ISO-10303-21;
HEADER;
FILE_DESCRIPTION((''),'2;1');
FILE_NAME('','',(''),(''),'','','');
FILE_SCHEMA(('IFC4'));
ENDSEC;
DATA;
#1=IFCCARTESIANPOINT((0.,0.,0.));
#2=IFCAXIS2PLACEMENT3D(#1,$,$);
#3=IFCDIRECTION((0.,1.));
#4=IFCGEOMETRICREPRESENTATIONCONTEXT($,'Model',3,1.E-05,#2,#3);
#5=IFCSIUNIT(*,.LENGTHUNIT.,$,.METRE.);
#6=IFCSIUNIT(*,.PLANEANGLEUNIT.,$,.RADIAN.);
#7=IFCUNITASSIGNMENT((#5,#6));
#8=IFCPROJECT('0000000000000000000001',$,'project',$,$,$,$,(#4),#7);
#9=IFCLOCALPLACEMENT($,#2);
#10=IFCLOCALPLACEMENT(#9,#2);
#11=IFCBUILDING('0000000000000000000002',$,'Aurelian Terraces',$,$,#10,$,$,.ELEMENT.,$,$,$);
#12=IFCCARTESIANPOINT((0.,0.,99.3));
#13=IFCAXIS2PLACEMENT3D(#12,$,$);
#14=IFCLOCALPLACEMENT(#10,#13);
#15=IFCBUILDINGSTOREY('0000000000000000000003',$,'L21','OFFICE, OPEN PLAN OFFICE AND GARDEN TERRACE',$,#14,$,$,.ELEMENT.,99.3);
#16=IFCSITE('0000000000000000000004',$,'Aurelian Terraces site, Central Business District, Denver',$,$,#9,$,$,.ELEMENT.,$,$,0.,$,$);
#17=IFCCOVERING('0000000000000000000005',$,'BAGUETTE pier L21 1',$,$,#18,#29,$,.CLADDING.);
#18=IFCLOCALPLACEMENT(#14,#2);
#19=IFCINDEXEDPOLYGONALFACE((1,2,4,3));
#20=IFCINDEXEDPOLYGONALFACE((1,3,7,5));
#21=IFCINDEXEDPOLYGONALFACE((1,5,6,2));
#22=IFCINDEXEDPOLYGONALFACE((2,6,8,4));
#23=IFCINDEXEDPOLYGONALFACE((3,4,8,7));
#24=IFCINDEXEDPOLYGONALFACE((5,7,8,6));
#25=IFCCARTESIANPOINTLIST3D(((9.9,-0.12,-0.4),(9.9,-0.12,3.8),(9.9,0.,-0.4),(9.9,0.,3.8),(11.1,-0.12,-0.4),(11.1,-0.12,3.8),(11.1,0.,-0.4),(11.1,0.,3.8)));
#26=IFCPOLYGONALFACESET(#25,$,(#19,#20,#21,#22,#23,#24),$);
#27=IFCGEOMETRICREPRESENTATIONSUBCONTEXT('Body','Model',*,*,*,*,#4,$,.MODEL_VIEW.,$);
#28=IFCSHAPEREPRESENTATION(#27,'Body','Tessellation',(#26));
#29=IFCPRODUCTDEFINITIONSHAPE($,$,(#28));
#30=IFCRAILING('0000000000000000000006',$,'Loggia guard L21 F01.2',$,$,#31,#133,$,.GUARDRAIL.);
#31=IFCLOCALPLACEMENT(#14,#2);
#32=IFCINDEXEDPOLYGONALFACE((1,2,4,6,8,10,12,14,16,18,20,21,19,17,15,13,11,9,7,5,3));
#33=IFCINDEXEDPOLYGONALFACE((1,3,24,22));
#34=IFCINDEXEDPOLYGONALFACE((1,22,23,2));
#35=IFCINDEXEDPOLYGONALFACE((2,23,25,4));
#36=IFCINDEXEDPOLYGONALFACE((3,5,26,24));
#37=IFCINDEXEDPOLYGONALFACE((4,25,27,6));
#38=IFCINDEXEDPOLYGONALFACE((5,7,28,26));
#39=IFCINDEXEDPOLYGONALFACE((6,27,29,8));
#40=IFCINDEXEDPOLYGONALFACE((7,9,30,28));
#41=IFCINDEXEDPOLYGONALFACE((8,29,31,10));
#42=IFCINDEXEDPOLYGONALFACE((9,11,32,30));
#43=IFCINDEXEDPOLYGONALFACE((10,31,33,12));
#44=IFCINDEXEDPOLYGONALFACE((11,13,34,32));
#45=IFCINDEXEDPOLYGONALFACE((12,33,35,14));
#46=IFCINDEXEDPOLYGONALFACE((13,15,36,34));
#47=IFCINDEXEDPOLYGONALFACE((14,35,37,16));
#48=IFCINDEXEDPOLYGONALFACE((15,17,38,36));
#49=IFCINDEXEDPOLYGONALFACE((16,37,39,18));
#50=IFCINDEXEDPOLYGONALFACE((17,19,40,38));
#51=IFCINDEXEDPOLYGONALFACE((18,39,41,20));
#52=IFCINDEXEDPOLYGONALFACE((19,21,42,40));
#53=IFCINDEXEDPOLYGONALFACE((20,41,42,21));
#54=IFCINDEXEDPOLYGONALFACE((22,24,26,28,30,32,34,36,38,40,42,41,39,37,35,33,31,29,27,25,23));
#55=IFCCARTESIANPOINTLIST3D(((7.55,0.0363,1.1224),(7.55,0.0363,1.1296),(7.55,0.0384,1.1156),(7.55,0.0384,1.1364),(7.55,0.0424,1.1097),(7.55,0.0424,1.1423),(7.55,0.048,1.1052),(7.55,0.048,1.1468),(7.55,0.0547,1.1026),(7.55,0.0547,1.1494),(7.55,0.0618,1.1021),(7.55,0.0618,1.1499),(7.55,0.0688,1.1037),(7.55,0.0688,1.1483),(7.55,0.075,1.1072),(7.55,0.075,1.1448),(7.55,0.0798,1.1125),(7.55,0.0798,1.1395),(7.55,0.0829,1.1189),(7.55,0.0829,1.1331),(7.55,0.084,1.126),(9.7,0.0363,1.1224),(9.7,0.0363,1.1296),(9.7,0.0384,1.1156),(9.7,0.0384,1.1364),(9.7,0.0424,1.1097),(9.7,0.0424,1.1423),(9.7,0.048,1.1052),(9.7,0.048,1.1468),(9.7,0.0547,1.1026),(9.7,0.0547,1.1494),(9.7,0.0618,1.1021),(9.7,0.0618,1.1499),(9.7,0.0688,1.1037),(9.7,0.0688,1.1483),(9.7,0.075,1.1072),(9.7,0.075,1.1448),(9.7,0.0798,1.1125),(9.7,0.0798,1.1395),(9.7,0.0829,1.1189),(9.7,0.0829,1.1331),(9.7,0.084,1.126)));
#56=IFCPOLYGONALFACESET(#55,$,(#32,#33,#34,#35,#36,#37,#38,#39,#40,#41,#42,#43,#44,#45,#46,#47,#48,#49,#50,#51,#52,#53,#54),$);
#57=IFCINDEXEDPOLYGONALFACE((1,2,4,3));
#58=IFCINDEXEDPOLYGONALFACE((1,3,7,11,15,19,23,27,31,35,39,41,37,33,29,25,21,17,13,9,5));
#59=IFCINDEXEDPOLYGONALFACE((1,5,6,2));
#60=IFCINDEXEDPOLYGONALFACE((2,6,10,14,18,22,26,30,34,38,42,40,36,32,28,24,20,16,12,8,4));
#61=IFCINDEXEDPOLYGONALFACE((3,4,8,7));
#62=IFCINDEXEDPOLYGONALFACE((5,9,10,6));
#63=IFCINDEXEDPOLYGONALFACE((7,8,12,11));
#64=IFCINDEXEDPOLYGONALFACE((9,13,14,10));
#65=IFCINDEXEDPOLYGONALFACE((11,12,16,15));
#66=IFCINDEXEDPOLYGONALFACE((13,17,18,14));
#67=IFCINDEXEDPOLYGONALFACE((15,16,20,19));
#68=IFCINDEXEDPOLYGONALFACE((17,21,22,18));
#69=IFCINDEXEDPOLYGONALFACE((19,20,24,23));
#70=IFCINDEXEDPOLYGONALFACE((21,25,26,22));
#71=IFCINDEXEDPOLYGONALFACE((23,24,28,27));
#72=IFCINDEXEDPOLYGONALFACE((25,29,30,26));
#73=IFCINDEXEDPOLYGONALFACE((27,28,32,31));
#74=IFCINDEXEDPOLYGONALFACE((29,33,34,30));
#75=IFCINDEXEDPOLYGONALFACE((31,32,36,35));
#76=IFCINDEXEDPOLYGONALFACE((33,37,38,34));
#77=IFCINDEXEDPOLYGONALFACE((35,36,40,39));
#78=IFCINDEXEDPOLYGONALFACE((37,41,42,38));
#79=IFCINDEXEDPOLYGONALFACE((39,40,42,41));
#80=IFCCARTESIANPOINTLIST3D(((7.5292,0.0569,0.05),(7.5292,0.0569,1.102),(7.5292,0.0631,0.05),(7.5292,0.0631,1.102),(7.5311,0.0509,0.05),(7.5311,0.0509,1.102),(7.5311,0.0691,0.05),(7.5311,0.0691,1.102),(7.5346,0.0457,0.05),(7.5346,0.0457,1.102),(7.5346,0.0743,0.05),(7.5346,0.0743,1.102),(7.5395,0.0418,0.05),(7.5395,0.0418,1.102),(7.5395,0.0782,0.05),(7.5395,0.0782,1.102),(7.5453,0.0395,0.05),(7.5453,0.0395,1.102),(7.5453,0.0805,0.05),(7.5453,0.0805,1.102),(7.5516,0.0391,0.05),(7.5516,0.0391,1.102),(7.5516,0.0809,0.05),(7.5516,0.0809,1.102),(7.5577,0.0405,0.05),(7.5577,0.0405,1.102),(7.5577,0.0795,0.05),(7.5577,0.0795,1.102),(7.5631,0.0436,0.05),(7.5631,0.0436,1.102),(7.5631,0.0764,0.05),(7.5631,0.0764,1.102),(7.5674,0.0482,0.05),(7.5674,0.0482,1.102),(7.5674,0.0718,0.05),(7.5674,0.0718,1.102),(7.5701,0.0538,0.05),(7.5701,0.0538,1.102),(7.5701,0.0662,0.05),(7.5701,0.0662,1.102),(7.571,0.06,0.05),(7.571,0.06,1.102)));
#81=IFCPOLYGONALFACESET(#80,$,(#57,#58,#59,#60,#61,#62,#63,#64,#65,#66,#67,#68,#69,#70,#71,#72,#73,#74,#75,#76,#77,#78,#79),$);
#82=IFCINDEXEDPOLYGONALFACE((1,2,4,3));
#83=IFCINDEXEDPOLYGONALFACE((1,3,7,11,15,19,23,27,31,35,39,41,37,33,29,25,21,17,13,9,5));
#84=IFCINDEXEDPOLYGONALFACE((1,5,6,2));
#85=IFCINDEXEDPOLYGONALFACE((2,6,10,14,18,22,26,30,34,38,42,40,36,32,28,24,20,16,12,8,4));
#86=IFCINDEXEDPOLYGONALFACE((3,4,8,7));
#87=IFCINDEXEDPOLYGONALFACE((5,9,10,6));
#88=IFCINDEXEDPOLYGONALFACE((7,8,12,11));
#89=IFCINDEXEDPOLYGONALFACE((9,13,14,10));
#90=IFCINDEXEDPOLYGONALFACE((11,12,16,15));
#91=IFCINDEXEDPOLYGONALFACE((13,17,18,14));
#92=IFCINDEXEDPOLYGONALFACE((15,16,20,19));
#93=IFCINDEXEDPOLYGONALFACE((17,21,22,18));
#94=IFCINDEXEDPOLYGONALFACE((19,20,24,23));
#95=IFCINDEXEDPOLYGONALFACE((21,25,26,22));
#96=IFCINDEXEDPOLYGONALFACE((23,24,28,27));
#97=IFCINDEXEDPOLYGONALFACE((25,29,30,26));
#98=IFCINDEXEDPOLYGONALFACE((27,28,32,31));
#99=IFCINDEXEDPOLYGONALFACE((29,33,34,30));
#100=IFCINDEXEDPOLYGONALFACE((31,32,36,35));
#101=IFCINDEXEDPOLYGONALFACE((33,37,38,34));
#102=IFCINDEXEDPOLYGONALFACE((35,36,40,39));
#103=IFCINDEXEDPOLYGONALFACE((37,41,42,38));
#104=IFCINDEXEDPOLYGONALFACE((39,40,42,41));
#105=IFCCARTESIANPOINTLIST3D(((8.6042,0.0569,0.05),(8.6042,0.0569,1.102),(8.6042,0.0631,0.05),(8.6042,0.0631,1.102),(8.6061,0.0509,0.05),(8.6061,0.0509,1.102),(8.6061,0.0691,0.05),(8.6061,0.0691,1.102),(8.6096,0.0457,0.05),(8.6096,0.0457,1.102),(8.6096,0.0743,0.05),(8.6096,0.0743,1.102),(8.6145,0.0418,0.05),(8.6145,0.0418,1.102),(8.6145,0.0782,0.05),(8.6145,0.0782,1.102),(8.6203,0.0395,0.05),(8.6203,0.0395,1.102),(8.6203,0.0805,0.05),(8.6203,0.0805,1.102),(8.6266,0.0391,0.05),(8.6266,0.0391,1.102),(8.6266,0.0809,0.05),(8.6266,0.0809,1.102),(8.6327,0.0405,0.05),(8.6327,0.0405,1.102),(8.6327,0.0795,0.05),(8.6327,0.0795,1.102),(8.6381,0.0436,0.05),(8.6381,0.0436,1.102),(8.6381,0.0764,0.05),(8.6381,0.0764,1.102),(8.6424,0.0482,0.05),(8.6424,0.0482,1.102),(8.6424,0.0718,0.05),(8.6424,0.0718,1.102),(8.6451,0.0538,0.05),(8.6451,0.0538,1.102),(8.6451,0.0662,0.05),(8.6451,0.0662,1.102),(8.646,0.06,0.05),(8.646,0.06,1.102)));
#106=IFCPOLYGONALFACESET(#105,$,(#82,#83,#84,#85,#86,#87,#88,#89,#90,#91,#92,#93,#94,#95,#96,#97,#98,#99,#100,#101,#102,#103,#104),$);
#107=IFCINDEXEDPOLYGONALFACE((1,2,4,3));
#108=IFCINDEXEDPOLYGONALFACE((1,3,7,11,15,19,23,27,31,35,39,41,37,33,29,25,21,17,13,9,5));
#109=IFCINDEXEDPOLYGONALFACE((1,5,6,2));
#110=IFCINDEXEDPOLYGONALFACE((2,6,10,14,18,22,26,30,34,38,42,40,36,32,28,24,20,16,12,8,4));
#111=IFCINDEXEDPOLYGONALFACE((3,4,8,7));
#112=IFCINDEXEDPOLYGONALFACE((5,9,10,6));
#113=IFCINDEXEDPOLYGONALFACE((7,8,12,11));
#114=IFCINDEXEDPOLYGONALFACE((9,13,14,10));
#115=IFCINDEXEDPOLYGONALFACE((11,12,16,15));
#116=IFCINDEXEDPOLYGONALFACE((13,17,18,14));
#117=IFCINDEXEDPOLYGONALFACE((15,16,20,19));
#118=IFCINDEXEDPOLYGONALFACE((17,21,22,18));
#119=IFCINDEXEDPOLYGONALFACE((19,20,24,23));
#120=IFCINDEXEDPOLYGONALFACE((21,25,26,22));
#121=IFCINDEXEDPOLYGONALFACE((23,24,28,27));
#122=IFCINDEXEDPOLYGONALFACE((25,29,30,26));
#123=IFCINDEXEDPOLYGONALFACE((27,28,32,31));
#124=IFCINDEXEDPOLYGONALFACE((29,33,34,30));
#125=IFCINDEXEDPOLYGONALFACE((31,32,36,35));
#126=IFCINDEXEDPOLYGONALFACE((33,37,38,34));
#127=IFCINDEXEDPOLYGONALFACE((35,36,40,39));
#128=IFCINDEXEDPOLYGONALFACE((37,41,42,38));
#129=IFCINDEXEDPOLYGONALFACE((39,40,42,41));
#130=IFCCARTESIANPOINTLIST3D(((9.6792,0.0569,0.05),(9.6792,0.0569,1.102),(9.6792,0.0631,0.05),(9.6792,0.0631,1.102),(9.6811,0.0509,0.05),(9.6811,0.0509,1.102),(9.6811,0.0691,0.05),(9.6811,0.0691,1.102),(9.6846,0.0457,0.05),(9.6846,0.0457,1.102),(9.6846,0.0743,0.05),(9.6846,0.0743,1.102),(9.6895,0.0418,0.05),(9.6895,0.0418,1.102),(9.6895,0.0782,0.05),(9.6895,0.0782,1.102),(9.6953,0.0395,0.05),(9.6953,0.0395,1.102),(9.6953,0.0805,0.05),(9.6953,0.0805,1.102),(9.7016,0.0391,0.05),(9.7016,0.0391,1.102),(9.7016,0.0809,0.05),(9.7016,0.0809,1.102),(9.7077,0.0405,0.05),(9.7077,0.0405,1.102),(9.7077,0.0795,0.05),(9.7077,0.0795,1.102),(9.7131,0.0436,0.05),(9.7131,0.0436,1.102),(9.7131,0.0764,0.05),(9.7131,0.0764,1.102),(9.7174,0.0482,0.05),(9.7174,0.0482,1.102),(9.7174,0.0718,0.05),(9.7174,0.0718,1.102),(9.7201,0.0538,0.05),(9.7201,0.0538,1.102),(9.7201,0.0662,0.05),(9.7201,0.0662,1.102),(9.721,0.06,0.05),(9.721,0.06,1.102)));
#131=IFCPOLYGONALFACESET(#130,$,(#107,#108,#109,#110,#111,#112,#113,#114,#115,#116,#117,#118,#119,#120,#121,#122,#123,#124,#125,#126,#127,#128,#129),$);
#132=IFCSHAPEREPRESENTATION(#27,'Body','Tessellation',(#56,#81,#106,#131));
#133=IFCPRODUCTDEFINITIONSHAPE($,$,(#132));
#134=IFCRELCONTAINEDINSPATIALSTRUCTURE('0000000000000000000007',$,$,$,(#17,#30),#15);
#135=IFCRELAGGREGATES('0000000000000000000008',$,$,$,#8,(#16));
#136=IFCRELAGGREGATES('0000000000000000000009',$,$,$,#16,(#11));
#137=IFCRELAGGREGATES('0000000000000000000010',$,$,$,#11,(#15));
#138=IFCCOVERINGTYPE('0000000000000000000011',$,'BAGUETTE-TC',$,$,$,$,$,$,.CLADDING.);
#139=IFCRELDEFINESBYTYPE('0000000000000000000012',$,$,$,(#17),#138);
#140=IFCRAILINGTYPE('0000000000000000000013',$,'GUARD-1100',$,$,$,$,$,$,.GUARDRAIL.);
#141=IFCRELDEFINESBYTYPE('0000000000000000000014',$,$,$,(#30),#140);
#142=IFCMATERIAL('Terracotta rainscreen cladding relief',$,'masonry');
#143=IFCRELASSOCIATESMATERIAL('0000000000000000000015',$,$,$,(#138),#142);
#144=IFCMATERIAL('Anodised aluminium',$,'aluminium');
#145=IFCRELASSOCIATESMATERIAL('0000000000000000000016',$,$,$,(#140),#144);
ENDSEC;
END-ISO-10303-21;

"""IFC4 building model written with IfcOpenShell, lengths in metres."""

from ifc_helpers import new_model, si_unit, direction, frame, origin, origin_2d, place, context, subcontext, project, spatial, rectangle, circle, extrude, source, transform, mapped, material, type_object, element, save


model = new_model("IFC4")

# Units and contexts
model_context = context("Model", 3, precision=1e-05, world=origin(), true_north=direction((0.0, 1.0)))
body_context = subcontext(model_context, "Body", "Model", "MODEL_VIEW")
ifc_project = project(units=[si_unit("LENGTHUNIT", "METRE"), si_unit("PLANEANGLEUNIT", "RADIAN")], contexts=[model_context])

# Site, building, storey
site_placement = place(None, origin())
site = spatial("IfcSite", under=ifc_project, at=site_placement, Name="Aurelian Terraces site, Central Business District, Denver", CompositionType="ELEMENT", RefElevation=0.0)
building_placement = place(site_placement, origin())
building = spatial("IfcBuilding", under=site, at=building_placement, Name="Aurelian Terraces", CompositionType="ELEMENT")
storey_placement = place(building_placement, frame((0.0, 0.0, 99.3)))
storey = spatial("IfcBuildingStorey", under=building, at=storey_placement, Name="L21", Description="OFFICE, OPEN PLAN OFFICE AND GARDEN TERRACE", CompositionType="ELEMENT", Elevation=99.3)

# Covering
ifc_material_1 = material(Name="Terracotta rainscreen cladding relief", Category="masonry")
covering_type = type_object("IfcCoveringType", Name="BAGUETTE-TC", PredefinedType="CLADDING", material=ifc_material_1)
shared_shape_1 = source(origin(), body_context, "Body", "SweptSolid", [
    extrude(rectangle(XDim=1.2, YDim=0.12, at=origin_2d()), origin(), (0.0, 0.0, 1.0), 4.2),
])
covering_placement = place(storey_placement, frame((10.5, -0.06, -0.4), z_axis=(0.0, 0.0, 1.0), x_axis=(1.0, 0.0, 0.0)))
element("IfcCovering", 1, at=covering_placement, inside=storey, type_object=covering_type, Name="BAGUETTE pier L21 1", PredefinedType="CLADDING", context=body_context, shape_type="MappedRepresentation", body=[
    mapped(shared_shape_1, transform((0.0, 0.0, 0.0), scale=1.0)),
])

# Railing
ifc_material_2 = material(Name="Anodised aluminium", Category="aluminium")
railing_type = type_object("IfcRailingType", Name="GUARD-1100", PredefinedType="GUARDRAIL", material=ifc_material_2)
shared_shape_2 = source(origin(), body_context, "Body", "SweptSolid", [
    extrude(circle(Radius=0.024, at=origin_2d()), frame((0.0, 0.0, 1.076), z_axis=(1.0, 0.0, 0.0), x_axis=(0.0, 1.0, 0.0)), (0.0, 0.0, 1.0), 2.15),
    extrude(circle(Radius=0.021, at=origin_2d()), origin(), (0.0, 0.0, 1.0), 1.052),
    extrude(circle(Radius=0.021, at=origin_2d()), frame((1.075, 0.0, 0.0)), (0.0, 0.0, 1.0), 1.052),
    extrude(circle(Radius=0.021, at=origin_2d()), frame((2.15, 0.0, 0.0)), (0.0, 0.0, 1.0), 1.052),
])
railing_placement = place(storey_placement, frame((7.55, 0.06, 0.05)))
element("IfcRailing", 2, at=railing_placement, inside=storey, type_object=railing_type, Name="Loggia guard L21 F01.2", PredefinedType="GUARDRAIL", context=body_context, shape_type="MappedRepresentation", body=[
    mapped(shared_shape_2, transform((0.0, 0.0, 0.0), scale=1.0)),
])

save(model, "model.ifc")
